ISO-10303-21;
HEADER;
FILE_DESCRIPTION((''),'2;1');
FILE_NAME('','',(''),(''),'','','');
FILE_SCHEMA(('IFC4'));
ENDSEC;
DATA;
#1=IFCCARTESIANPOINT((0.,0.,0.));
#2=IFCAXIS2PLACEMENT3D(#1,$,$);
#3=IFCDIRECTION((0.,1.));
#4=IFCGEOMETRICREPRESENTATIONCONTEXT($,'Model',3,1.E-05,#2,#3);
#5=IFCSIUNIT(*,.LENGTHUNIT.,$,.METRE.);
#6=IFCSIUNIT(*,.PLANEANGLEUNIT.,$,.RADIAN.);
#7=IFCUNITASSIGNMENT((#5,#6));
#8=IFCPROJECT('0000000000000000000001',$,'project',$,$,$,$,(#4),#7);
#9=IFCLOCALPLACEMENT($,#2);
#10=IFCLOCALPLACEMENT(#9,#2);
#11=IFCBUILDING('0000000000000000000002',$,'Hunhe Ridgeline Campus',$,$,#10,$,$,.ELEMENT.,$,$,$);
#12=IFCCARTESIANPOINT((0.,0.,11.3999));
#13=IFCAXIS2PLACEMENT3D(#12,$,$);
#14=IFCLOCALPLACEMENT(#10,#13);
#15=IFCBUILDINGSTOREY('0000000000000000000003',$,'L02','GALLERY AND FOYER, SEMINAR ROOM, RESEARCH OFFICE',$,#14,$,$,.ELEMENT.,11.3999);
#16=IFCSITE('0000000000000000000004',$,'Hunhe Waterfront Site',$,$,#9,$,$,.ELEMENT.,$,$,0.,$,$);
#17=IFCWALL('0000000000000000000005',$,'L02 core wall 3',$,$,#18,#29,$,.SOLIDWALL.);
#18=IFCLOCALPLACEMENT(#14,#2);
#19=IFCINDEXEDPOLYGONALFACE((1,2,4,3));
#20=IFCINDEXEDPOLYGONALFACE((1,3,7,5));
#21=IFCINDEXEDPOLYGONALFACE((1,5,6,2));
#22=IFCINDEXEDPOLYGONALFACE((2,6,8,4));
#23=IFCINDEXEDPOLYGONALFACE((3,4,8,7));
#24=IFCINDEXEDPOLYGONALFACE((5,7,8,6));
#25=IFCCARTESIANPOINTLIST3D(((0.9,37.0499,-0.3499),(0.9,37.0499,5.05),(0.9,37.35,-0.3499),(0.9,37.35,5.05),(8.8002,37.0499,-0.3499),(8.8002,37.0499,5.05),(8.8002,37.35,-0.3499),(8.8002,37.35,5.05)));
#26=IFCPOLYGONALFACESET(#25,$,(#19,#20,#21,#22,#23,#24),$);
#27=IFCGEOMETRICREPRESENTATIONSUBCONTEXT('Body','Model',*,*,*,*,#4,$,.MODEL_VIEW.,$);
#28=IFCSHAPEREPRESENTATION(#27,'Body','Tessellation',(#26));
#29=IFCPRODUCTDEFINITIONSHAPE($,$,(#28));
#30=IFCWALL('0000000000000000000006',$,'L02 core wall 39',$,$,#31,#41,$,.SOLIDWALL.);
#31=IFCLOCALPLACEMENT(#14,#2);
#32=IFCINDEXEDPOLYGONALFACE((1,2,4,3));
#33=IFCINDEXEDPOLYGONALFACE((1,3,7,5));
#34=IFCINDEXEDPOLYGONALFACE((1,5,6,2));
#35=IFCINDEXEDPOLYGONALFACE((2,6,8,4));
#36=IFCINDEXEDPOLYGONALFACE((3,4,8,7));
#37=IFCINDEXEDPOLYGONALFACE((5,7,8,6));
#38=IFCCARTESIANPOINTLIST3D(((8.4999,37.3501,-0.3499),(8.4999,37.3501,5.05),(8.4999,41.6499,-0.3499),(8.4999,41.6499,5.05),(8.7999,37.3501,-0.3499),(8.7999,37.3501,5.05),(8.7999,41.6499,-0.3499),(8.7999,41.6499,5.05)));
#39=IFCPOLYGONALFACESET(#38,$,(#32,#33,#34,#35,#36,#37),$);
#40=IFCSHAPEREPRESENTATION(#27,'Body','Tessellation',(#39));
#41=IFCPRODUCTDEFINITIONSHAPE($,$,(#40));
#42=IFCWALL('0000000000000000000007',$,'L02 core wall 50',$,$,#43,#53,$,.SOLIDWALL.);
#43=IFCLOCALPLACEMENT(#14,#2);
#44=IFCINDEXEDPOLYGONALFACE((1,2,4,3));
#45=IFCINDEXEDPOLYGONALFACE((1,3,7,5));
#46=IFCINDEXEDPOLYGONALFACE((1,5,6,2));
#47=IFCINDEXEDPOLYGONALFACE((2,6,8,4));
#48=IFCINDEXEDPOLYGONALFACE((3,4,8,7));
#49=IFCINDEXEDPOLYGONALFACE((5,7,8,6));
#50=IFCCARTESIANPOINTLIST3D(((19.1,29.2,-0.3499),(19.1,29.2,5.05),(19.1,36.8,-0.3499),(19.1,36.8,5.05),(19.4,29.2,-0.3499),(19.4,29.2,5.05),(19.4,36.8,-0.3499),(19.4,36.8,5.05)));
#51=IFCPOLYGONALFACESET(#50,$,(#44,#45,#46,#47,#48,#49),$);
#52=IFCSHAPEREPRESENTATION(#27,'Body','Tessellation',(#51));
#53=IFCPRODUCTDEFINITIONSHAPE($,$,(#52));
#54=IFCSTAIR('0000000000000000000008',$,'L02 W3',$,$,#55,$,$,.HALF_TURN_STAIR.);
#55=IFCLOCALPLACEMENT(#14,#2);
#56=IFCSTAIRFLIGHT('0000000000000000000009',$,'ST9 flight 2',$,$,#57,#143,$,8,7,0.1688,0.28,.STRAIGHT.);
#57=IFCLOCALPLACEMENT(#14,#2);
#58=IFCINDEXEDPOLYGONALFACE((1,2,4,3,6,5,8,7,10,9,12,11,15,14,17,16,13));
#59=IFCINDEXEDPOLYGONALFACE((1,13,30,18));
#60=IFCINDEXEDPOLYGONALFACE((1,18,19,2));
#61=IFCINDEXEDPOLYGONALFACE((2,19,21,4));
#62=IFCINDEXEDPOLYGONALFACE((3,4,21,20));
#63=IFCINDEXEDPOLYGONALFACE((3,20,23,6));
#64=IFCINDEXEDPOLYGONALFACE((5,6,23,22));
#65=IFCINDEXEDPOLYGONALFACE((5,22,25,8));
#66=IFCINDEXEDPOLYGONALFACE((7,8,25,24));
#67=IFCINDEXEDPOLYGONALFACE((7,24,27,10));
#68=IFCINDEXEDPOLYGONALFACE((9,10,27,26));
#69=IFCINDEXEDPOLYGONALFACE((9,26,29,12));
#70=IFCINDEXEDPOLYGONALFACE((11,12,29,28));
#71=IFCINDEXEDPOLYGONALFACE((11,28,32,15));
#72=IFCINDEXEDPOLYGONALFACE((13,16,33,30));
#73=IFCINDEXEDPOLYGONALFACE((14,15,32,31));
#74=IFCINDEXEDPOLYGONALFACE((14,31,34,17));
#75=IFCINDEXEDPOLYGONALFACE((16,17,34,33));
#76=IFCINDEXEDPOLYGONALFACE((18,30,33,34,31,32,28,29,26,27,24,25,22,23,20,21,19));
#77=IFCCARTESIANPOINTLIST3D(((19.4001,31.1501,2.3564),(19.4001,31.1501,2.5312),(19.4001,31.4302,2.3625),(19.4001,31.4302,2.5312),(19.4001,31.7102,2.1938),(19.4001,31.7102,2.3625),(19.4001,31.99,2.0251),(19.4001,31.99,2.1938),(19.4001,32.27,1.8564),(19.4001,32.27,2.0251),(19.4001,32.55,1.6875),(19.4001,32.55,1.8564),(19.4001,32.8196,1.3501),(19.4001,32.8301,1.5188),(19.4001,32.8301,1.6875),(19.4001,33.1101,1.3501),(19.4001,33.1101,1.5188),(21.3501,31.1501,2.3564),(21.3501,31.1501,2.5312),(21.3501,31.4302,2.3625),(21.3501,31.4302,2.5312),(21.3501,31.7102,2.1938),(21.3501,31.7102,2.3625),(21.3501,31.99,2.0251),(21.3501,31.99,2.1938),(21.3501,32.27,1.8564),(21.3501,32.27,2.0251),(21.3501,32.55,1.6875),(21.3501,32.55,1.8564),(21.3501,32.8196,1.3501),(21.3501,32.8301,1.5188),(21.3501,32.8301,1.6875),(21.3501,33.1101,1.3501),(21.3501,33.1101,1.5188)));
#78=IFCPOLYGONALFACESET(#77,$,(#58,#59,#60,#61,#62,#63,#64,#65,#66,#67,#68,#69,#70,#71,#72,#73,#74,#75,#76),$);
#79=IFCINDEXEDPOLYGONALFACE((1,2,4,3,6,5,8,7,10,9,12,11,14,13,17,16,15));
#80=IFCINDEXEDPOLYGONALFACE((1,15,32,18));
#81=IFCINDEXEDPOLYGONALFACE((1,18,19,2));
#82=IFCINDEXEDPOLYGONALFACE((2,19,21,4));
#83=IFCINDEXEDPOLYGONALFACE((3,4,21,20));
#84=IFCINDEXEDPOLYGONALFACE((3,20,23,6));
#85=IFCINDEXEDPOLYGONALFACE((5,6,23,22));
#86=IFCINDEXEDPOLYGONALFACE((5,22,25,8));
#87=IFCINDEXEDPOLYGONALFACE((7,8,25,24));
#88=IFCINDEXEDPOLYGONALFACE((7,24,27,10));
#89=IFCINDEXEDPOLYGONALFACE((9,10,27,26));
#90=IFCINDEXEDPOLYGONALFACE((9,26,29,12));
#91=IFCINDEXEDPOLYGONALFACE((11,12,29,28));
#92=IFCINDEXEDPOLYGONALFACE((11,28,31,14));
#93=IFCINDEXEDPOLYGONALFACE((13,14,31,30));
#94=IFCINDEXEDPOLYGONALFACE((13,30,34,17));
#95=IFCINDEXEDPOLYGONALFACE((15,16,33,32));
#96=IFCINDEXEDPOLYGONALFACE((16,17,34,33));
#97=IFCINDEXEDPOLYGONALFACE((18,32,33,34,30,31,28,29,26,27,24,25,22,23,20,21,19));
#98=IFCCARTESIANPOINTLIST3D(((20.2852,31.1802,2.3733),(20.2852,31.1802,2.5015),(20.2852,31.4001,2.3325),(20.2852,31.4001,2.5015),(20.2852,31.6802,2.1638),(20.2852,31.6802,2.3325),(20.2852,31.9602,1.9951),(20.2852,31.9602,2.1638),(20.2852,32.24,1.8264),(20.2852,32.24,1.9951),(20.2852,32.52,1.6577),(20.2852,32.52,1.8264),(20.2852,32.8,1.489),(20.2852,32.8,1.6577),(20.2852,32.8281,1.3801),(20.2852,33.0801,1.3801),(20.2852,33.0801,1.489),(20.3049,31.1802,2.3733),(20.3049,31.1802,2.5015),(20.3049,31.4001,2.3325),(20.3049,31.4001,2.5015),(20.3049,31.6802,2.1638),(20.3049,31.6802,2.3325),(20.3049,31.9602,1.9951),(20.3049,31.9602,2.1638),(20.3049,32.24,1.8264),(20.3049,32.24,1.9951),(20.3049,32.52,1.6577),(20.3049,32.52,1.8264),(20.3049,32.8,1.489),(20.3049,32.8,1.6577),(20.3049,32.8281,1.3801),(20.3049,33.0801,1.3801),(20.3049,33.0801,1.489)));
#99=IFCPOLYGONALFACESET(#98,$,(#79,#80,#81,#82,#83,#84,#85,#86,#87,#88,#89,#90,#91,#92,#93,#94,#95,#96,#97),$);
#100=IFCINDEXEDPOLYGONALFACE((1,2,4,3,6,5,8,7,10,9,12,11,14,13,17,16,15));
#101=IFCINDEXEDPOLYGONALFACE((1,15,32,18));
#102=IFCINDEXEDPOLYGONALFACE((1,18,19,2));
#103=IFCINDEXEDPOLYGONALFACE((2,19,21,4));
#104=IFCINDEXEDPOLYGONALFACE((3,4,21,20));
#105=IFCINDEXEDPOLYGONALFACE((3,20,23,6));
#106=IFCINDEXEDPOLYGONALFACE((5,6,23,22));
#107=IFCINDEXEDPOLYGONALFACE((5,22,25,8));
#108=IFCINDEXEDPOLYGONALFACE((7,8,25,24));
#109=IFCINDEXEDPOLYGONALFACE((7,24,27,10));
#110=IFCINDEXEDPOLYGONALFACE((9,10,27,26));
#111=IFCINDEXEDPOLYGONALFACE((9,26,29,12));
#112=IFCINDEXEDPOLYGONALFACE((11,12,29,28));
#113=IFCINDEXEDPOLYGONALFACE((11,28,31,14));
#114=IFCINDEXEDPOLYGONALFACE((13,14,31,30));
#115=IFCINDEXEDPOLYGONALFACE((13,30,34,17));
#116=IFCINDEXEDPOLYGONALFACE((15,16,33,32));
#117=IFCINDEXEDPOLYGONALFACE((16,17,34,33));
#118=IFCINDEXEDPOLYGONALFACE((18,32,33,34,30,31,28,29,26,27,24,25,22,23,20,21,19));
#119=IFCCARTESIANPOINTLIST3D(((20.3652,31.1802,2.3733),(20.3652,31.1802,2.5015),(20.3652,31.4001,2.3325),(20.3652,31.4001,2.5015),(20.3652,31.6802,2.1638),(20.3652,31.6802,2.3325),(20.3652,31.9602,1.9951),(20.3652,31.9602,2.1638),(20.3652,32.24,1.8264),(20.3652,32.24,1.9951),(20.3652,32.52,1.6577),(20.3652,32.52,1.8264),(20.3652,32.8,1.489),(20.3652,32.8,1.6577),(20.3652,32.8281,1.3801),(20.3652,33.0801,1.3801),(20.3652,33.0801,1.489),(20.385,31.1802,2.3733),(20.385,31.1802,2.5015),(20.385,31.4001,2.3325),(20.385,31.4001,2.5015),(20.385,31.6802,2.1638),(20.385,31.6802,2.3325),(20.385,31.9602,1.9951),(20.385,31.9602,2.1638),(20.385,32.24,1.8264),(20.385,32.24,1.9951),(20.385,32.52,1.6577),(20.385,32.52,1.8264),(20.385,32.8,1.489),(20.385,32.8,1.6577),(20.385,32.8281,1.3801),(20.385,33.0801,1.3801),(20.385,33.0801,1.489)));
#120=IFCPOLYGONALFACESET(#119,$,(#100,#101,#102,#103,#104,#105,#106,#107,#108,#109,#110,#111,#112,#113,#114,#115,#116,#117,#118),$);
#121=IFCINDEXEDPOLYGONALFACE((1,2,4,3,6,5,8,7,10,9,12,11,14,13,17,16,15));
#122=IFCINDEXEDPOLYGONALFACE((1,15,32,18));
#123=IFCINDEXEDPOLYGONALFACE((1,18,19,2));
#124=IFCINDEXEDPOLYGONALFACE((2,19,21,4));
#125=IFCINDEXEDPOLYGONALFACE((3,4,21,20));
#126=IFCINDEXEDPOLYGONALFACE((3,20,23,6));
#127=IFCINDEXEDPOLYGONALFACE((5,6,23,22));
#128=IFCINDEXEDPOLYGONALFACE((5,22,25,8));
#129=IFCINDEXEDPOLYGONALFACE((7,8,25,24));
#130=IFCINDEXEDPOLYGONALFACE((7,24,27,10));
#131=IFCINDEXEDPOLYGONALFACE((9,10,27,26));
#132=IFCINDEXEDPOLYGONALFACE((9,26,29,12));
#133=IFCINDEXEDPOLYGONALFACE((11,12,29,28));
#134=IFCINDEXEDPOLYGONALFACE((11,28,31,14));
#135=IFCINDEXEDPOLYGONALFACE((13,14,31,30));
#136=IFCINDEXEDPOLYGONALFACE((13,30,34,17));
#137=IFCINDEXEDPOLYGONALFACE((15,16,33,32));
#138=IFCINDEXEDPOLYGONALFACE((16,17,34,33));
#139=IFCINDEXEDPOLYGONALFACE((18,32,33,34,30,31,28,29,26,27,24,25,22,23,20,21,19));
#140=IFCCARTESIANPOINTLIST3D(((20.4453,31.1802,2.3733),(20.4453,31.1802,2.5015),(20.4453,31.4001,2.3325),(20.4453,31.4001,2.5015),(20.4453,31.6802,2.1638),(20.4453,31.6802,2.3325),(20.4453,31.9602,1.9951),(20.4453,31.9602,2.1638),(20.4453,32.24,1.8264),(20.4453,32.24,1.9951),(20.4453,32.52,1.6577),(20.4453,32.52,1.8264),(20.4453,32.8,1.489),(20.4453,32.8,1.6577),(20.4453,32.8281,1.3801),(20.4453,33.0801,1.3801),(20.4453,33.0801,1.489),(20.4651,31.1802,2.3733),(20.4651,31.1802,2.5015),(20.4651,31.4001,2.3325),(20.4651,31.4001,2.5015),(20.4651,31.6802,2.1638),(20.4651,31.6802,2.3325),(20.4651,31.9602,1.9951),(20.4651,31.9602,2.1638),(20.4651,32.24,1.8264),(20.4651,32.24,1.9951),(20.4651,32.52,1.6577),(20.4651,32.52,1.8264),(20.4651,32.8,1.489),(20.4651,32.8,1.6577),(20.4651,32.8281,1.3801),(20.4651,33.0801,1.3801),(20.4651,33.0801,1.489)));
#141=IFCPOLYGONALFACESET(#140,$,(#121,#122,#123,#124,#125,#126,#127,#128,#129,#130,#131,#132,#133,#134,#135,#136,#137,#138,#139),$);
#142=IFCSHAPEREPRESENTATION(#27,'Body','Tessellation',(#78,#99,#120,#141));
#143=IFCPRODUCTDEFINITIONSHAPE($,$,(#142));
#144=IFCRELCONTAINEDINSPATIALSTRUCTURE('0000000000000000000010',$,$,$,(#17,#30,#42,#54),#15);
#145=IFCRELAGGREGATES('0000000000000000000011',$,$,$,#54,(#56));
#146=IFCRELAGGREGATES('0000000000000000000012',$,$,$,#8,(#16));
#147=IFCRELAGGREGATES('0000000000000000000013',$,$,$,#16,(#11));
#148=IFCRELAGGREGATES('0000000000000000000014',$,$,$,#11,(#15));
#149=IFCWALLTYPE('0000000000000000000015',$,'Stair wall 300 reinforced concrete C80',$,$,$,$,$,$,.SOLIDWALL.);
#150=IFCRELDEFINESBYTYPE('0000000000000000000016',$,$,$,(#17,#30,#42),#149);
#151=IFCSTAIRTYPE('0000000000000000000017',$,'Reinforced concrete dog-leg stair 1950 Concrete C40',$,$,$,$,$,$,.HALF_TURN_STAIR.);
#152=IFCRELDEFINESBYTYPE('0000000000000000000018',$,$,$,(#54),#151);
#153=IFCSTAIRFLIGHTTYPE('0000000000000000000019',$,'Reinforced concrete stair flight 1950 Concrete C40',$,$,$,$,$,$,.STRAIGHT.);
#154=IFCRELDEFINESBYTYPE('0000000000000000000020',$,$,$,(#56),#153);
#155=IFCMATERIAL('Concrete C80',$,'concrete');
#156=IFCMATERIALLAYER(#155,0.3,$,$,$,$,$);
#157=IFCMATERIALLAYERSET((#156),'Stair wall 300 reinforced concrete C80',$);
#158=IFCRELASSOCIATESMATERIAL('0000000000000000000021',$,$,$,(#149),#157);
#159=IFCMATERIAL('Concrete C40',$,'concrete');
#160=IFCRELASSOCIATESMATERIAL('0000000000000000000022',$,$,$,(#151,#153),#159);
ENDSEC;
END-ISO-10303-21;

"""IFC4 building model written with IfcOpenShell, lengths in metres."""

from ifc_helpers import new_model, si_unit, direction, frame, frame_2d, origin, place, context, subcontext, project, spatial, polyline, rectangle, outline, extrude, material, layer, layer_set, type_object, element, aggregate, save


model = new_model("IFC4")

# Units and contexts
model_context = context("Model", 3, precision=1e-05, world=origin(), true_north=direction((0.0, 1.0)))
body_context = subcontext(model_context, "Body", "Model", "MODEL_VIEW")
ifc_project = project(units=[si_unit("LENGTHUNIT", "METRE"), si_unit("PLANEANGLEUNIT", "RADIAN")], contexts=[model_context])

# Site, building, storey
site_placement = place(None, origin())
site = spatial("IfcSite", under=ifc_project, at=site_placement, Name="Hunhe Waterfront Site", CompositionType="ELEMENT", RefElevation=0.0)
building_placement = place(site_placement, origin())
building = spatial("IfcBuilding", under=site, at=building_placement, Name="Hunhe Ridgeline Campus", CompositionType="ELEMENT")
storey_placement = place(building_placement, frame((0.0, 0.0, 11.3999)))
storey = spatial("IfcBuildingStorey", under=building, at=storey_placement, Name="L02", Description="GALLERY AND FOYER, SEMINAR ROOM, RESEARCH OFFICE", CompositionType="ELEMENT", Elevation=11.3999)

# Shared definitions
ifc_material_1 = material(Name="Concrete C80", Category="concrete")

# Wall
ifc_layer_1 = layer(ifc_material_1, 0.3)
ifc_layer_set_1 = layer_set([ifc_layer_1], Name="Stair wall 300 reinforced concrete C80")
wall_type_1 = type_object("IfcWallType", Name="Stair wall 300 reinforced concrete C80", PredefinedType="SOLIDWALL", material=ifc_layer_set_1)
wall_1_placement = place(storey_placement, frame((0.8999, 37.2, -0.3499), z_axis=(0.0, 0.0, 1.0), x_axis=(1.0, 0.0, 0.0)))
element("IfcWall", 1, at=wall_1_placement, inside=storey, type_object=wall_type_1, Name="L02 core wall 3", PredefinedType="SOLIDWALL", context=body_context, shape_type="SweptSolid", body=[
    extrude(rectangle(XDim=7.9001, YDim=0.3, at=frame_2d((3.9502, 0.0))), origin(), (0.0, 0.0, 1.0), 5.3999),
])

# Walls
wall_2_placement = place(storey_placement, frame((8.6499, 37.3501, -0.3499), z_axis=(0.0, 0.0, 1.0), x_axis=(0.0, 1.0, 0.0)))
element("IfcWall", 2, at=wall_2_placement, inside=storey, type_object=wall_type_1, Name="L02 core wall 39", PredefinedType="SOLIDWALL", context=body_context, shape_type="SweptSolid", body=[
    extrude(rectangle(XDim=4.2998, YDim=0.3, at=frame_2d((2.1499, 0.0))), origin(), (0.0, 0.0, 1.0), 5.3999),
])
wall_3_placement = place(storey_placement, frame((19.25, 29.2, -0.3499), z_axis=(0.0, 0.0, 1.0), x_axis=(0.0, 1.0, 0.0)))
element("IfcWall", 3, at=wall_3_placement, inside=storey, type_object=wall_type_1, Name="L02 core wall 50", PredefinedType="SOLIDWALL", context=body_context, shape_type="SweptSolid", body=[
    extrude(rectangle(XDim=7.6001, YDim=0.3, at=frame_2d((3.8, 0.0))), origin(), (0.0, 0.0, 1.0), 5.3999),
])

# Stair, stair flight
ifc_material_2 = material(Name="Concrete C40", Category="concrete")
stair_type = type_object("IfcStairType", Name="Reinforced concrete dog-leg stair 1950 Concrete C40", PredefinedType="HALF_TURN_STAIR", material=ifc_material_2)
stair_1_placement = place(storey_placement, origin())
stair_1 = element("IfcStair", 4, at=stair_1_placement, inside=storey, type_object=stair_type, Name="L02 W3", PredefinedType="HALF_TURN_STAIR")
stair_flight_type = type_object("IfcStairFlightType", Name="Reinforced concrete stair flight 1950 Concrete C40", PredefinedType="STRAIGHT", material=ifc_material_2)
stair_flight_1_placement = place(storey_placement, frame((20.375, 33.1101, 1.3501), z_axis=(0.0, 0.0, 1.0), x_axis=(0.0, -1.0, 0.0)))
stair_flight_1 = element("IfcStairFlight", 5, at=stair_flight_1_placement, type_object=stair_flight_type, Name="ST9 flight 2", NumberOfRisers=8, NumberOfTreads=7, PredefinedType="STRAIGHT", RiserHeight=0.1688, TreadLength=0.28, context=body_context, shape_type="SweptSolid", body=[
    extrude(outline(polyline([(0.0, 0.0), (0.0, 0.1687), (0.28, 0.1687), (0.28, 0.3374), (0.5601, 0.3374), (0.5601, 0.5063), (0.8401, 0.5063), (0.8401, 0.675), (1.1201, 0.675), (1.1201, 0.8438), (1.3999, 0.8438), (1.3999, 1.0125), (1.6799, 1.0125), (1.6799, 1.1812), (1.96, 1.1812), (1.96, 1.3501), (1.96, 1.0063), (0.2905, 0.0), (0.0, 0.0)])), frame((0.0, 0.9751, 0.0), z_axis=(0.0, -1.0, 0.0), x_axis=(1.0, 0.0, 0.0)), (0.0, 0.0, 1.0), 1.95),
    extrude(outline(polyline([(0.03, 0.03), (0.03, 0.1389), (0.3101, 0.1389), (0.3101, 0.3076), (0.5901, 0.3076), (0.5901, 0.4763), (0.8701, 0.4763), (0.8701, 0.645), (1.1499, 0.645), (1.1499, 0.8137), (1.4299, 0.8137), (1.4299, 0.9824), (1.71, 0.9824), (1.71, 1.1514), (1.9299, 1.1514), (1.9299, 1.0232), (0.282, 0.03), (0.03, 0.03)])), frame((0.0, -0.0701, 0.0), z_axis=(0.0, -1.0, 0.0), x_axis=(1.0, 0.0, 0.0)), (0.0, 0.0, 1.0), 0.0198),
    extrude(outline(polyline([(0.03, 0.03), (0.03, 0.1389), (0.3101, 0.1389), (0.3101, 0.3076), (0.5901, 0.3076), (0.5901, 0.4763), (0.8701, 0.4763), (0.8701, 0.645), (1.1499, 0.645), (1.1499, 0.8137), (1.4299, 0.8137), (1.4299, 0.9824), (1.71, 0.9824), (1.71, 1.1514), (1.9299, 1.1514), (1.9299, 1.0232), (0.282, 0.03), (0.03, 0.03)])), frame((0.0, 0.01, 0.0), z_axis=(0.0, -1.0, 0.0), x_axis=(1.0, 0.0, 0.0)), (0.0, 0.0, 1.0), 0.0198),
    extrude(outline(polyline([(0.03, 0.03), (0.03, 0.1389), (0.3101, 0.1389), (0.3101, 0.3076), (0.5901, 0.3076), (0.5901, 0.4763), (0.8701, 0.4763), (0.8701, 0.645), (1.1499, 0.645), (1.1499, 0.8137), (1.4299, 0.8137), (1.4299, 0.9824), (1.71, 0.9824), (1.71, 1.1514), (1.9299, 1.1514), (1.9299, 1.0232), (0.282, 0.03), (0.03, 0.03)])), frame((0.0, 0.0901, 0.0), z_axis=(0.0, -1.0, 0.0), x_axis=(1.0, 0.0, 0.0)), (0.0, 0.0, 1.0), 0.0198),
])
aggregate(stair_1, [stair_flight_1])

save(model, "model.ifc")
